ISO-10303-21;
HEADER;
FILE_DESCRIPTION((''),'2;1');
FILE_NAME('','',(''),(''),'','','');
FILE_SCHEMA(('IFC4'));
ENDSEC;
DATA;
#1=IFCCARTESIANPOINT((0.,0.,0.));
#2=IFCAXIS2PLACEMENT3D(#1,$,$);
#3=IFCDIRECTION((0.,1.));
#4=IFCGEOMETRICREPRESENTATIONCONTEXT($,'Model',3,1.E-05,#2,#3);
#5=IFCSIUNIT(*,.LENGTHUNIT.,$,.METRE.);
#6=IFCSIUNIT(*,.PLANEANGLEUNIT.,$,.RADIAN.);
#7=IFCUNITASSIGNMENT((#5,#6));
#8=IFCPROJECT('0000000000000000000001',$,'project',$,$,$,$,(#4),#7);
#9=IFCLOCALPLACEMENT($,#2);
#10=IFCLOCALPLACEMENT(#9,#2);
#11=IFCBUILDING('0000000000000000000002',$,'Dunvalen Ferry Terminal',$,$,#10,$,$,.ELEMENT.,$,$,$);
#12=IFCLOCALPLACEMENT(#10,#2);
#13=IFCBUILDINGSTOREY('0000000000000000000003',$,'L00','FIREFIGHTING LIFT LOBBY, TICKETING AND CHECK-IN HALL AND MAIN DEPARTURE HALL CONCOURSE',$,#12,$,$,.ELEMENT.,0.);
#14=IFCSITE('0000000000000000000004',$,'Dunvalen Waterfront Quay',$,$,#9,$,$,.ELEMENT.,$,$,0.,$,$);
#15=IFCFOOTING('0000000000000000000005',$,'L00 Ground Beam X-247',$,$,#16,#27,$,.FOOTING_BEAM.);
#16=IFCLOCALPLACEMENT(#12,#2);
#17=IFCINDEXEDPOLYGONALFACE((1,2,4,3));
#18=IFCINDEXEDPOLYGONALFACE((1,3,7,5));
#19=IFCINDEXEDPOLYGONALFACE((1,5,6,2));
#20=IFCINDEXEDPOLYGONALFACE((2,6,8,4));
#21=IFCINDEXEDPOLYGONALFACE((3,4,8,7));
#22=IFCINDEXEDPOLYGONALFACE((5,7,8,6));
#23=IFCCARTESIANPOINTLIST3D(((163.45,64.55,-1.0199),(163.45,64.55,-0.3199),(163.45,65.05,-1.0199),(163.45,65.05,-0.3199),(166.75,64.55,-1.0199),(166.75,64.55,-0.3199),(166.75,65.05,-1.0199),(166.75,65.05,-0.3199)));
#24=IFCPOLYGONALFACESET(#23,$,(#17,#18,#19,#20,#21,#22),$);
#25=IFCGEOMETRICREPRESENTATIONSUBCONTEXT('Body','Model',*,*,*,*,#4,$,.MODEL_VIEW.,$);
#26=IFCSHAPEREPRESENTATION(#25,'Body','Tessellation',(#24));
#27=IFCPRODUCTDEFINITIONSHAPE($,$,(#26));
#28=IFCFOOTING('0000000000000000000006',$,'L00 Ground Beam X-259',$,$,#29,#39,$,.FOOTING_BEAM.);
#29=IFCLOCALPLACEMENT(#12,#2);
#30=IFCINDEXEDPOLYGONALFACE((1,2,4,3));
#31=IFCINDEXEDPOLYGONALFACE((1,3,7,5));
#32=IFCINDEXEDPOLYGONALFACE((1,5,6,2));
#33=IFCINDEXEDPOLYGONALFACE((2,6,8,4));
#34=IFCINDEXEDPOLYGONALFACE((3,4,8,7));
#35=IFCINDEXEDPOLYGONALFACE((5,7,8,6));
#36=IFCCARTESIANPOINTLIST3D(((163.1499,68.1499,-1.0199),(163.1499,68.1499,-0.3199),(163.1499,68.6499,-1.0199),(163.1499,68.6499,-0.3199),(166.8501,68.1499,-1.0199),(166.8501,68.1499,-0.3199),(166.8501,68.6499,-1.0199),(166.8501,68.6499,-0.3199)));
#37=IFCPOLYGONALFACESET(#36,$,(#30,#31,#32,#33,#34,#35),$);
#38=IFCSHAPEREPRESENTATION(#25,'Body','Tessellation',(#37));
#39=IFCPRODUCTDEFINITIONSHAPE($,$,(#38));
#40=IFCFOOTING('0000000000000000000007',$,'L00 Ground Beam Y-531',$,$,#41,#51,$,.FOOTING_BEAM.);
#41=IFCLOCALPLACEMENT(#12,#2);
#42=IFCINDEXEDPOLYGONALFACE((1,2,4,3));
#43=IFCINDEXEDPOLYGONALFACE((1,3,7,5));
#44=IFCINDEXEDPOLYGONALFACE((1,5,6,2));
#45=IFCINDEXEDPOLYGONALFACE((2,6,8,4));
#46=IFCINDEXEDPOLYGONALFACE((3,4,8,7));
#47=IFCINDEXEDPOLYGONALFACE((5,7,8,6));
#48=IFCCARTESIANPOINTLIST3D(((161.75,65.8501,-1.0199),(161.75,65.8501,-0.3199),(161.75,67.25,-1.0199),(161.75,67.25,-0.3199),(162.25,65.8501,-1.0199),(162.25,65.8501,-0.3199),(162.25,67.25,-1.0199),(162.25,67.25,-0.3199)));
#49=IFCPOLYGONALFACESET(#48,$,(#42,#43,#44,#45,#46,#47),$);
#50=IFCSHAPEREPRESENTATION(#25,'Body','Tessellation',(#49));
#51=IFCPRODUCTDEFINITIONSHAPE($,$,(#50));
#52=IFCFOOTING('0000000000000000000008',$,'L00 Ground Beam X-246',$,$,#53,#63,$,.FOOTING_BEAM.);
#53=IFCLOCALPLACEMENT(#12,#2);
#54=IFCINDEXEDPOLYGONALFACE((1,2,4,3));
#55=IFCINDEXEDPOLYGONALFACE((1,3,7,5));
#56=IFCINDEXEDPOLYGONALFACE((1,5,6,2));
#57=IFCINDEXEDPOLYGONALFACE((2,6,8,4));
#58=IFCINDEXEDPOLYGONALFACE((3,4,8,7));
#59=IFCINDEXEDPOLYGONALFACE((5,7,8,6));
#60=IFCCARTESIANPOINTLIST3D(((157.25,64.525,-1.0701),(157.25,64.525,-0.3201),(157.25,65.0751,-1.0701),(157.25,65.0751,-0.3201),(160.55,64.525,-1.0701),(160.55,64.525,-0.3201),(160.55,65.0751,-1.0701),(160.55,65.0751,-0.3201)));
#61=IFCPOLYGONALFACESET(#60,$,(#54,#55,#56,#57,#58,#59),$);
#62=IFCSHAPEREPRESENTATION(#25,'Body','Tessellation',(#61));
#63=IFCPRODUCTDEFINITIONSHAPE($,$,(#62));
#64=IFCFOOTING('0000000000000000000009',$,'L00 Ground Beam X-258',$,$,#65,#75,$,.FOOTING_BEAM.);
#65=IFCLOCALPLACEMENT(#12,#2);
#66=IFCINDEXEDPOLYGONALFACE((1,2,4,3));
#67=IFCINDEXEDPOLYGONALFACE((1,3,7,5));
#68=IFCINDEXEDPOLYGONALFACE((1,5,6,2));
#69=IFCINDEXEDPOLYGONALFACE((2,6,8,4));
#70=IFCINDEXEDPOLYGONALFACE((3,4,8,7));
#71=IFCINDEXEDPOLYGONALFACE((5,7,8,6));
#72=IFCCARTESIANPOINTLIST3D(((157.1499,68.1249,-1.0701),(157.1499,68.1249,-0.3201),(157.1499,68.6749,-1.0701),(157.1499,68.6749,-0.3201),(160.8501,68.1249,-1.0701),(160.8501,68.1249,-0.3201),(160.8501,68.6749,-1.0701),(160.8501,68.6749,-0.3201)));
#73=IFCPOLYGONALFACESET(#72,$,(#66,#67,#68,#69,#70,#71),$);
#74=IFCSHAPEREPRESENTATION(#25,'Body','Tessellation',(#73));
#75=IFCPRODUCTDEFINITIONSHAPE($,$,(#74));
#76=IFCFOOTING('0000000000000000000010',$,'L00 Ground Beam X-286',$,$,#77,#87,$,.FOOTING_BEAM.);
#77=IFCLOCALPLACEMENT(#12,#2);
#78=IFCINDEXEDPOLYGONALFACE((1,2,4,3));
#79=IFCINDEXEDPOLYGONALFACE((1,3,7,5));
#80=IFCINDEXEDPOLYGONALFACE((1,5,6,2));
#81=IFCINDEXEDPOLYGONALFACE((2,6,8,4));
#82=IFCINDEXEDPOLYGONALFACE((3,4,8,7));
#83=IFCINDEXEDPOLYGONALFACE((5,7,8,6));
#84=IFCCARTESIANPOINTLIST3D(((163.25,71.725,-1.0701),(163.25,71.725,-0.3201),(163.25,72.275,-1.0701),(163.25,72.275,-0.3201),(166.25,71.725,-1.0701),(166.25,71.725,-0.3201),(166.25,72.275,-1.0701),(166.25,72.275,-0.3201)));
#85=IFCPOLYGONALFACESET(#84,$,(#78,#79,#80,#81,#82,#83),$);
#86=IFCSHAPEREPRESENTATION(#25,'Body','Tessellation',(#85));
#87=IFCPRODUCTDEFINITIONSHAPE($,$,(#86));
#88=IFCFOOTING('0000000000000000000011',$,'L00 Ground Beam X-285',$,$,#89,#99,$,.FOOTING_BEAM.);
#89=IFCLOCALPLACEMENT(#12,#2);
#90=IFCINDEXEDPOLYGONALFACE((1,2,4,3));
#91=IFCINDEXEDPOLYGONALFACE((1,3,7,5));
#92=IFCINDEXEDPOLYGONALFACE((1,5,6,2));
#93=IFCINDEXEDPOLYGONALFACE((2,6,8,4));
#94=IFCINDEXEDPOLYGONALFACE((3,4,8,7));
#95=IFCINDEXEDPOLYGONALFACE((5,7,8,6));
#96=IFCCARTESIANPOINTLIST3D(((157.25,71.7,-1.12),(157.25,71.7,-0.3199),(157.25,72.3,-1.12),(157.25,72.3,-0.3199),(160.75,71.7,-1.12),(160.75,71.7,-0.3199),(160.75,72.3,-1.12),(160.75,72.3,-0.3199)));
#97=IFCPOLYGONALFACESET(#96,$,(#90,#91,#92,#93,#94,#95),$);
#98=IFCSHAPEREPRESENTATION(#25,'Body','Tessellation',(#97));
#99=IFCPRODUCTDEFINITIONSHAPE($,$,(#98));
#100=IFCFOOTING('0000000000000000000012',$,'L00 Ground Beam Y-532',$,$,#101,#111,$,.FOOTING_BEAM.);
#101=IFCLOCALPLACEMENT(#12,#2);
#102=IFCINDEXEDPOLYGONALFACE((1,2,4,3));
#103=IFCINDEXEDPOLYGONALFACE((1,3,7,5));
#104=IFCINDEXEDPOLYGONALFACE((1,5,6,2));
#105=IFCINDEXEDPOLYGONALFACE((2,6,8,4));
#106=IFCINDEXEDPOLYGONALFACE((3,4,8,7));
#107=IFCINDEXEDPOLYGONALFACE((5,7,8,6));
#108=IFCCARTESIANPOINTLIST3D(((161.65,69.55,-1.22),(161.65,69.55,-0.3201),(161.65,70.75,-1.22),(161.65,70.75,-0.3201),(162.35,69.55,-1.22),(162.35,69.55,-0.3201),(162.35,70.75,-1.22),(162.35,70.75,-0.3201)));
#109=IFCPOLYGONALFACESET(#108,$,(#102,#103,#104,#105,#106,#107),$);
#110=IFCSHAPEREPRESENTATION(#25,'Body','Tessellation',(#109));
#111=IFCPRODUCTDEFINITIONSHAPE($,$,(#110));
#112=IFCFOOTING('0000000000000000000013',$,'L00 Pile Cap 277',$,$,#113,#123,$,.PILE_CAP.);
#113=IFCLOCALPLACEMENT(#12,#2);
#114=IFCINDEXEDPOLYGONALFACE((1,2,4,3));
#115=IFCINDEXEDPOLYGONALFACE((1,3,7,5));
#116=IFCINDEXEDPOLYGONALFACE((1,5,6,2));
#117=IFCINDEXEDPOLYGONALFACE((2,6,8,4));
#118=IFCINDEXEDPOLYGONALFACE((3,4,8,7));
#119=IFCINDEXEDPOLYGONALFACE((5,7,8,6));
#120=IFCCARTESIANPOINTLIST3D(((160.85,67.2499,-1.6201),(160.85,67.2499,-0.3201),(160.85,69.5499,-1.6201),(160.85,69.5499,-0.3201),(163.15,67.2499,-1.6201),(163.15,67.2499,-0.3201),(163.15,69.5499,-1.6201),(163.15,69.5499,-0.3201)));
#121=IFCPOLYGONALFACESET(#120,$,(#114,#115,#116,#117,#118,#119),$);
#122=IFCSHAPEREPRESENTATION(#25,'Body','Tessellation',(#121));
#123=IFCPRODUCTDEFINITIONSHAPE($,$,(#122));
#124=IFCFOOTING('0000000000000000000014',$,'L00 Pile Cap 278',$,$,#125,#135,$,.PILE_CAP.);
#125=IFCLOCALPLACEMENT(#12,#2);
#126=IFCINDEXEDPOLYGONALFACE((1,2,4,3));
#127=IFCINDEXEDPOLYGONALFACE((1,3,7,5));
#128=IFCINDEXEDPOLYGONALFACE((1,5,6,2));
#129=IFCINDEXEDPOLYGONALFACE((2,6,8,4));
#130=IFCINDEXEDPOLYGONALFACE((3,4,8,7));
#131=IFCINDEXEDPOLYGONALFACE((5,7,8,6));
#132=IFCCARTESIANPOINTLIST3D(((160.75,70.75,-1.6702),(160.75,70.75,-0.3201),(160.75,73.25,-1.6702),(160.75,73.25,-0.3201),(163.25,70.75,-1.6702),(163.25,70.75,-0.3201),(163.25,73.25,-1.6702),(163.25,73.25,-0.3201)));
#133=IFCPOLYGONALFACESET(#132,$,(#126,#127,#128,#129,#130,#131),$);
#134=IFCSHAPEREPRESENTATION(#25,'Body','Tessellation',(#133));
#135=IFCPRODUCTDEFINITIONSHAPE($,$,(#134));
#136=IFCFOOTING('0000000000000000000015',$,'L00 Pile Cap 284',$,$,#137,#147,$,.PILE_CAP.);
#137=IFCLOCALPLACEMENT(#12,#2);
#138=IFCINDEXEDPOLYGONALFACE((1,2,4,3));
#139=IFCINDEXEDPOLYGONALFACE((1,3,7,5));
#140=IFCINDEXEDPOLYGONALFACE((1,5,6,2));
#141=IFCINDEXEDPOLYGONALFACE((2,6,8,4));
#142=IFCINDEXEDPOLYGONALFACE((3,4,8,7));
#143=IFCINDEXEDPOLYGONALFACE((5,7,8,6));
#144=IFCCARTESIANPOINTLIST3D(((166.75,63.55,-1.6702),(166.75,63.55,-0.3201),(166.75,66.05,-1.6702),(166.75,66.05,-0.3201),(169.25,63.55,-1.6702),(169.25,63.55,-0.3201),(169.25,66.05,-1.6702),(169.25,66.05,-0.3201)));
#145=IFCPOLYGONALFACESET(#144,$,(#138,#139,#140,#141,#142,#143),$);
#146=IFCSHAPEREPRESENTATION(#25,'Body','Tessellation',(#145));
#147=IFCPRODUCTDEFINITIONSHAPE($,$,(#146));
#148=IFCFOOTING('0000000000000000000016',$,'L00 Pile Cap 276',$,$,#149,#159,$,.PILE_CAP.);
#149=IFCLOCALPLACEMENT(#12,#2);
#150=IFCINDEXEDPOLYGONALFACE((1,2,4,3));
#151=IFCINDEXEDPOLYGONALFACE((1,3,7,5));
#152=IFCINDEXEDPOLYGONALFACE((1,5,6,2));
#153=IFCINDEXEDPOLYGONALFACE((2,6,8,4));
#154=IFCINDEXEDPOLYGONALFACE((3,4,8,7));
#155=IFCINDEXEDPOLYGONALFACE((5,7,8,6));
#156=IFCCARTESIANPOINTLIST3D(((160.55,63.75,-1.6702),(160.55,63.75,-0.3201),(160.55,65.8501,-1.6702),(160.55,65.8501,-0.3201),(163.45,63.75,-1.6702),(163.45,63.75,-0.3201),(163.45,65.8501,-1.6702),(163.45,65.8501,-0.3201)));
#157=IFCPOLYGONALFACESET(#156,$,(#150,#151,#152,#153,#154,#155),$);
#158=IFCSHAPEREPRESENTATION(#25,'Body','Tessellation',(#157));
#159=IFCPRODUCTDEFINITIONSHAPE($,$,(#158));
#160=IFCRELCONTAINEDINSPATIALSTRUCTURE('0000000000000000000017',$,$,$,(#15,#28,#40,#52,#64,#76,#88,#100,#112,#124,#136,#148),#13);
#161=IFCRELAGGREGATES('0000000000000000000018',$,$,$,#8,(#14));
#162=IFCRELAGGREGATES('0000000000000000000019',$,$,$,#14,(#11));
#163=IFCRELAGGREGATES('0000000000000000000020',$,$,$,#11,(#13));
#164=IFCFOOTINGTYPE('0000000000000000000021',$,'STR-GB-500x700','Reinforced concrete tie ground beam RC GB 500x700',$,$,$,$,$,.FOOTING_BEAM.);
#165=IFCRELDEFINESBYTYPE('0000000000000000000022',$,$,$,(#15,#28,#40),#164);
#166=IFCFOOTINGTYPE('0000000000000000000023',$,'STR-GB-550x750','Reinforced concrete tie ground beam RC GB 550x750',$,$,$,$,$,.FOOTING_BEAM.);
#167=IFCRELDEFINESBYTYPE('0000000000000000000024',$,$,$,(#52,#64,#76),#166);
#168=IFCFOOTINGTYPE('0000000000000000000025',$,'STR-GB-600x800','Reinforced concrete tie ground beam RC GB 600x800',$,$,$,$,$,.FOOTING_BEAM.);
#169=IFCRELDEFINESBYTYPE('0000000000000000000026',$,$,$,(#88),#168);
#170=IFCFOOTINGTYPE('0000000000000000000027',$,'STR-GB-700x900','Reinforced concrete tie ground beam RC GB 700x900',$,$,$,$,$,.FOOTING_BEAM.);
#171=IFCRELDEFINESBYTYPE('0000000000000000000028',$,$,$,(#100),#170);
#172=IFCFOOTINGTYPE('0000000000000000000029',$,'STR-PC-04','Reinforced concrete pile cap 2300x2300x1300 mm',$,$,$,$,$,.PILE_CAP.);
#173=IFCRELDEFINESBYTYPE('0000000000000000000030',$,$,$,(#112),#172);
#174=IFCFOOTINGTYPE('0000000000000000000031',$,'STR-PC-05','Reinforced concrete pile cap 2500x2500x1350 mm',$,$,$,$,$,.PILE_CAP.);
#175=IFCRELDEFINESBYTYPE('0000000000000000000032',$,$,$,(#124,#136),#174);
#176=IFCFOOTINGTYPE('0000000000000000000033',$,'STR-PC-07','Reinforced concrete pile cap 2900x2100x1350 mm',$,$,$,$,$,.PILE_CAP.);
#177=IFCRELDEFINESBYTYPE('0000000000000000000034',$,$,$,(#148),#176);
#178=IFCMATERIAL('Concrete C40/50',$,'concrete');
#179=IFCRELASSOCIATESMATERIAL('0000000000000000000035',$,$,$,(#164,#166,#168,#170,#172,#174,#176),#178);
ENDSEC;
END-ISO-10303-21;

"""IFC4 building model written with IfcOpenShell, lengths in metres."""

from ifc_helpers import new_model, si_unit, direction, frame, origin, origin_2d, place, context, subcontext, project, spatial, rectangle, extrude, material, material_profile, profile_set, type_object, element, save


model = new_model("IFC4")

# Units and contexts
model_context = context("Model", 3, precision=1e-05, world=origin(), true_north=direction((0.0, 1.0)))
body_context = subcontext(model_context, "Body", "Model", "MODEL_VIEW")
ifc_project = project(units=[si_unit("LENGTHUNIT", "METRE"), si_unit("PLANEANGLEUNIT", "RADIAN")], contexts=[model_context])

# Site, building, storey
site_placement = place(None, origin())
site = spatial("IfcSite", under=ifc_project, at=site_placement, Name="Dunvalen Waterfront Quay", CompositionType="ELEMENT", RefElevation=0.0)
building_placement = place(site_placement, origin())
building = spatial("IfcBuilding", under=site, at=building_placement, Name="Dunvalen Ferry Terminal", CompositionType="ELEMENT")
storey_placement = place(building_placement, origin())
storey = spatial("IfcBuildingStorey", under=building, at=storey_placement, Name="L00", Description="FIREFIGHTING LIFT LOBBY, TICKETING AND CHECK-IN HALL AND MAIN DEPARTURE HALL CONCOURSE", CompositionType="ELEMENT", Elevation=0.0)

# Footings
ifc_material_1 = material(Name="Concrete C40/50", Category="concrete")
ifc_material_profile_1 = material_profile(ifc_material_1, rectangle(XDim=0.5, YDim=0.7, at=origin_2d()), Name="Concrete C40/50")
ifc_profile_set_1 = profile_set([ifc_material_profile_1], Name="Concrete C40/50")
footing_type_1 = type_object("IfcFootingType", Name="STR-GB-500x700", Description="Reinforced concrete tie ground beam RC GB 500x700", PredefinedType="FOOTING_BEAM", material=ifc_profile_set_1)
footing_1_placement = place(storey_placement, frame((163.45, 64.8, -0.6699), z_axis=(1.0, 0.0, 0.0), x_axis=(0.0, 1.0, 0.0)))
element("IfcFooting", 1, at=footing_1_placement, inside=storey, type_object=footing_type_1, Name="L00 Ground Beam X-247", PredefinedType="FOOTING_BEAM", context=body_context, shape_type="SweptSolid", body=[
    extrude(rectangle(XDim=0.5, YDim=0.7, at=origin_2d()), origin(), (0.0, 0.0, 1.0), 3.3),
])
footing_2_placement = place(storey_placement, frame((163.1499, 68.3999, -0.6699), z_axis=(1.0, 0.0, 0.0), x_axis=(0.0, 1.0, 0.0)))
element("IfcFooting", 2, at=footing_2_placement, inside=storey, type_object=footing_type_1, Name="L00 Ground Beam X-259", PredefinedType="FOOTING_BEAM", context=body_context, shape_type="SweptSolid", body=[
    extrude(rectangle(XDim=0.5, YDim=0.7, at=origin_2d()), origin(), (0.0, 0.0, 1.0), 3.7002),
])
footing_3_placement = place(storey_placement, frame((162.0, 65.8501, -0.6699), z_axis=(0.0, 1.0, 0.0), x_axis=(-1.0, 0.0, 0.0)))
element("IfcFooting", 3, at=footing_3_placement, inside=storey, type_object=footing_type_1, Name="L00 Ground Beam Y-531", PredefinedType="FOOTING_BEAM", context=body_context, shape_type="SweptSolid", body=[
    extrude(rectangle(XDim=0.5, YDim=0.7, at=origin_2d()), origin(), (0.0, 0.0, 1.0), 1.3999),
])
ifc_material_profile_2 = material_profile(ifc_material_1, rectangle(XDim=0.55, YDim=0.75, at=origin_2d()), Name="Concrete C40/50")
ifc_profile_set_2 = profile_set([ifc_material_profile_2], Name="Concrete C40/50")
footing_type_2 = type_object("IfcFootingType", Name="STR-GB-550x750", Description="Reinforced concrete tie ground beam RC GB 550x750", PredefinedType="FOOTING_BEAM", material=ifc_profile_set_2)
footing_4_placement = place(storey_placement, frame((157.25, 64.8, -0.6951), z_axis=(1.0, 0.0, 0.0), x_axis=(0.0, 1.0, 0.0)))
element("IfcFooting", 4, at=footing_4_placement, inside=storey, type_object=footing_type_2, Name="L00 Ground Beam X-246", PredefinedType="FOOTING_BEAM", context=body_context, shape_type="SweptSolid", body=[
    extrude(rectangle(XDim=0.55, YDim=0.75, at=origin_2d()), origin(), (0.0, 0.0, 1.0), 3.3),
])
footing_5_placement = place(storey_placement, frame((157.1499, 68.3999, -0.6951), z_axis=(1.0, 0.0, 0.0), x_axis=(0.0, 1.0, 0.0)))
element("IfcFooting", 5, at=footing_5_placement, inside=storey, type_object=footing_type_2, Name="L00 Ground Beam X-258", PredefinedType="FOOTING_BEAM", context=body_context, shape_type="SweptSolid", body=[
    extrude(rectangle(XDim=0.55, YDim=0.75, at=origin_2d()), origin(), (0.0, 0.0, 1.0), 3.7002),
])
footing_6_placement = place(storey_placement, frame((163.25, 72.0, -0.6951), z_axis=(1.0, 0.0, 0.0), x_axis=(0.0, 1.0, 0.0)))
element("IfcFooting", 6, at=footing_6_placement, inside=storey, type_object=footing_type_2, Name="L00 Ground Beam X-286", PredefinedType="FOOTING_BEAM", context=body_context, shape_type="SweptSolid", body=[
    extrude(rectangle(XDim=0.55, YDim=0.75, at=origin_2d()), origin(), (0.0, 0.0, 1.0), 3.0),
])
ifc_material_profile_3 = material_profile(ifc_material_1, rectangle(XDim=0.6001, YDim=0.8, at=origin_2d()), Name="Concrete C40/50")
ifc_profile_set_3 = profile_set([ifc_material_profile_3], Name="Concrete C40/50")
footing_type_3 = type_object("IfcFootingType", Name="STR-GB-600x800", Description="Reinforced concrete tie ground beam RC GB 600x800", PredefinedType="FOOTING_BEAM", material=ifc_profile_set_3)
footing_7_placement = place(storey_placement, frame((157.25, 72.0, -0.72), z_axis=(1.0, 0.0, 0.0), x_axis=(0.0, 1.0, 0.0)))
element("IfcFooting", 7, at=footing_7_placement, inside=storey, type_object=footing_type_3, Name="L00 Ground Beam X-285", PredefinedType="FOOTING_BEAM", context=body_context, shape_type="SweptSolid", body=[
    extrude(rectangle(XDim=0.6001, YDim=0.8, at=origin_2d()), origin(), (0.0, 0.0, 1.0), 3.5),
])
ifc_material_profile_4 = material_profile(ifc_material_1, rectangle(XDim=0.7, YDim=0.8999, at=origin_2d()), Name="Concrete C40/50")
ifc_profile_set_4 = profile_set([ifc_material_profile_4], Name="Concrete C40/50")
footing_type_4 = type_object("IfcFootingType", Name="STR-GB-700x900", Description="Reinforced concrete tie ground beam RC GB 700x900", PredefinedType="FOOTING_BEAM", material=ifc_profile_set_4)
footing_8_placement = place(storey_placement, frame((162.0, 69.55, -0.77), z_axis=(0.0, 1.0, 0.0), x_axis=(-1.0, 0.0, 0.0)))
element("IfcFooting", 8, at=footing_8_placement, inside=storey, type_object=footing_type_4, Name="L00 Ground Beam Y-532", PredefinedType="FOOTING_BEAM", context=body_context, shape_type="SweptSolid", body=[
    extrude(rectangle(XDim=0.7, YDim=0.8999, at=origin_2d()), origin(), (0.0, 0.0, 1.0), 1.2),
])
footing_type_5 = type_object("IfcFootingType", Name="STR-PC-04", Description="Reinforced concrete pile cap 2300x2300x1300 mm", PredefinedType="PILE_CAP", material=ifc_material_1)
footing_9_placement = place(storey_placement, frame((162.0, 68.3999, -1.6201), z_axis=(0.0, 0.0, 1.0), x_axis=(1.0, 0.0, 0.0)))
element("IfcFooting", 9, at=footing_9_placement, inside=storey, type_object=footing_type_5, Name="L00 Pile Cap 277", PredefinedType="PILE_CAP", context=body_context, shape_type="SweptSolid", body=[
    extrude(rectangle(XDim=2.3, YDim=2.3, at=origin_2d()), origin(), (0.0, 0.0, 1.0), 1.3),
])
footing_type_6 = type_object("IfcFootingType", Name="STR-PC-05", Description="Reinforced concrete pile cap 2500x2500x1350 mm", PredefinedType="PILE_CAP", material=ifc_material_1)
for number, where, z_axis, x_axis, name in (
    (10, (162.0, 72.0, -1.6702), (0.0, 0.0, 1.0), (1.0, 0.0, 0.0), "L00 Pile Cap 278"),
    (11, (168.0, 64.8, -1.6702), (0.0, 0.0, 1.0), (1.0, 0.0, 0.0), "L00 Pile Cap 284"),
):
    element("IfcFooting", number, at=place(storey_placement, frame(where, z_axis=z_axis, x_axis=x_axis)), inside=storey, type_object=footing_type_6, Name=name, PredefinedType="PILE_CAP", context=body_context, shape_type="SweptSolid", body=[
        extrude(rectangle(XDim=2.5, YDim=2.5, at=origin_2d()), origin(), (0.0, 0.0, 1.0), 1.3501),
    ])
footing_type_7 = type_object("IfcFootingType", Name="STR-PC-07", Description="Reinforced concrete pile cap 2900x2100x1350 mm", PredefinedType="PILE_CAP", material=ifc_material_1)
footing_10_placement = place(storey_placement, frame((162.0, 64.8, -1.6702), z_axis=(0.0, 0.0, 1.0), x_axis=(1.0, 0.0, 0.0)))
element("IfcFooting", 12, at=footing_10_placement, inside=storey, type_object=footing_type_7, Name="L00 Pile Cap 276", PredefinedType="PILE_CAP", context=body_context, shape_type="SweptSolid", body=[
    extrude(rectangle(XDim=2.8999, YDim=2.1001, at=origin_2d()), origin(), (0.0, 0.0, 1.0), 1.3501),
])

save(model, "model.ifc")
